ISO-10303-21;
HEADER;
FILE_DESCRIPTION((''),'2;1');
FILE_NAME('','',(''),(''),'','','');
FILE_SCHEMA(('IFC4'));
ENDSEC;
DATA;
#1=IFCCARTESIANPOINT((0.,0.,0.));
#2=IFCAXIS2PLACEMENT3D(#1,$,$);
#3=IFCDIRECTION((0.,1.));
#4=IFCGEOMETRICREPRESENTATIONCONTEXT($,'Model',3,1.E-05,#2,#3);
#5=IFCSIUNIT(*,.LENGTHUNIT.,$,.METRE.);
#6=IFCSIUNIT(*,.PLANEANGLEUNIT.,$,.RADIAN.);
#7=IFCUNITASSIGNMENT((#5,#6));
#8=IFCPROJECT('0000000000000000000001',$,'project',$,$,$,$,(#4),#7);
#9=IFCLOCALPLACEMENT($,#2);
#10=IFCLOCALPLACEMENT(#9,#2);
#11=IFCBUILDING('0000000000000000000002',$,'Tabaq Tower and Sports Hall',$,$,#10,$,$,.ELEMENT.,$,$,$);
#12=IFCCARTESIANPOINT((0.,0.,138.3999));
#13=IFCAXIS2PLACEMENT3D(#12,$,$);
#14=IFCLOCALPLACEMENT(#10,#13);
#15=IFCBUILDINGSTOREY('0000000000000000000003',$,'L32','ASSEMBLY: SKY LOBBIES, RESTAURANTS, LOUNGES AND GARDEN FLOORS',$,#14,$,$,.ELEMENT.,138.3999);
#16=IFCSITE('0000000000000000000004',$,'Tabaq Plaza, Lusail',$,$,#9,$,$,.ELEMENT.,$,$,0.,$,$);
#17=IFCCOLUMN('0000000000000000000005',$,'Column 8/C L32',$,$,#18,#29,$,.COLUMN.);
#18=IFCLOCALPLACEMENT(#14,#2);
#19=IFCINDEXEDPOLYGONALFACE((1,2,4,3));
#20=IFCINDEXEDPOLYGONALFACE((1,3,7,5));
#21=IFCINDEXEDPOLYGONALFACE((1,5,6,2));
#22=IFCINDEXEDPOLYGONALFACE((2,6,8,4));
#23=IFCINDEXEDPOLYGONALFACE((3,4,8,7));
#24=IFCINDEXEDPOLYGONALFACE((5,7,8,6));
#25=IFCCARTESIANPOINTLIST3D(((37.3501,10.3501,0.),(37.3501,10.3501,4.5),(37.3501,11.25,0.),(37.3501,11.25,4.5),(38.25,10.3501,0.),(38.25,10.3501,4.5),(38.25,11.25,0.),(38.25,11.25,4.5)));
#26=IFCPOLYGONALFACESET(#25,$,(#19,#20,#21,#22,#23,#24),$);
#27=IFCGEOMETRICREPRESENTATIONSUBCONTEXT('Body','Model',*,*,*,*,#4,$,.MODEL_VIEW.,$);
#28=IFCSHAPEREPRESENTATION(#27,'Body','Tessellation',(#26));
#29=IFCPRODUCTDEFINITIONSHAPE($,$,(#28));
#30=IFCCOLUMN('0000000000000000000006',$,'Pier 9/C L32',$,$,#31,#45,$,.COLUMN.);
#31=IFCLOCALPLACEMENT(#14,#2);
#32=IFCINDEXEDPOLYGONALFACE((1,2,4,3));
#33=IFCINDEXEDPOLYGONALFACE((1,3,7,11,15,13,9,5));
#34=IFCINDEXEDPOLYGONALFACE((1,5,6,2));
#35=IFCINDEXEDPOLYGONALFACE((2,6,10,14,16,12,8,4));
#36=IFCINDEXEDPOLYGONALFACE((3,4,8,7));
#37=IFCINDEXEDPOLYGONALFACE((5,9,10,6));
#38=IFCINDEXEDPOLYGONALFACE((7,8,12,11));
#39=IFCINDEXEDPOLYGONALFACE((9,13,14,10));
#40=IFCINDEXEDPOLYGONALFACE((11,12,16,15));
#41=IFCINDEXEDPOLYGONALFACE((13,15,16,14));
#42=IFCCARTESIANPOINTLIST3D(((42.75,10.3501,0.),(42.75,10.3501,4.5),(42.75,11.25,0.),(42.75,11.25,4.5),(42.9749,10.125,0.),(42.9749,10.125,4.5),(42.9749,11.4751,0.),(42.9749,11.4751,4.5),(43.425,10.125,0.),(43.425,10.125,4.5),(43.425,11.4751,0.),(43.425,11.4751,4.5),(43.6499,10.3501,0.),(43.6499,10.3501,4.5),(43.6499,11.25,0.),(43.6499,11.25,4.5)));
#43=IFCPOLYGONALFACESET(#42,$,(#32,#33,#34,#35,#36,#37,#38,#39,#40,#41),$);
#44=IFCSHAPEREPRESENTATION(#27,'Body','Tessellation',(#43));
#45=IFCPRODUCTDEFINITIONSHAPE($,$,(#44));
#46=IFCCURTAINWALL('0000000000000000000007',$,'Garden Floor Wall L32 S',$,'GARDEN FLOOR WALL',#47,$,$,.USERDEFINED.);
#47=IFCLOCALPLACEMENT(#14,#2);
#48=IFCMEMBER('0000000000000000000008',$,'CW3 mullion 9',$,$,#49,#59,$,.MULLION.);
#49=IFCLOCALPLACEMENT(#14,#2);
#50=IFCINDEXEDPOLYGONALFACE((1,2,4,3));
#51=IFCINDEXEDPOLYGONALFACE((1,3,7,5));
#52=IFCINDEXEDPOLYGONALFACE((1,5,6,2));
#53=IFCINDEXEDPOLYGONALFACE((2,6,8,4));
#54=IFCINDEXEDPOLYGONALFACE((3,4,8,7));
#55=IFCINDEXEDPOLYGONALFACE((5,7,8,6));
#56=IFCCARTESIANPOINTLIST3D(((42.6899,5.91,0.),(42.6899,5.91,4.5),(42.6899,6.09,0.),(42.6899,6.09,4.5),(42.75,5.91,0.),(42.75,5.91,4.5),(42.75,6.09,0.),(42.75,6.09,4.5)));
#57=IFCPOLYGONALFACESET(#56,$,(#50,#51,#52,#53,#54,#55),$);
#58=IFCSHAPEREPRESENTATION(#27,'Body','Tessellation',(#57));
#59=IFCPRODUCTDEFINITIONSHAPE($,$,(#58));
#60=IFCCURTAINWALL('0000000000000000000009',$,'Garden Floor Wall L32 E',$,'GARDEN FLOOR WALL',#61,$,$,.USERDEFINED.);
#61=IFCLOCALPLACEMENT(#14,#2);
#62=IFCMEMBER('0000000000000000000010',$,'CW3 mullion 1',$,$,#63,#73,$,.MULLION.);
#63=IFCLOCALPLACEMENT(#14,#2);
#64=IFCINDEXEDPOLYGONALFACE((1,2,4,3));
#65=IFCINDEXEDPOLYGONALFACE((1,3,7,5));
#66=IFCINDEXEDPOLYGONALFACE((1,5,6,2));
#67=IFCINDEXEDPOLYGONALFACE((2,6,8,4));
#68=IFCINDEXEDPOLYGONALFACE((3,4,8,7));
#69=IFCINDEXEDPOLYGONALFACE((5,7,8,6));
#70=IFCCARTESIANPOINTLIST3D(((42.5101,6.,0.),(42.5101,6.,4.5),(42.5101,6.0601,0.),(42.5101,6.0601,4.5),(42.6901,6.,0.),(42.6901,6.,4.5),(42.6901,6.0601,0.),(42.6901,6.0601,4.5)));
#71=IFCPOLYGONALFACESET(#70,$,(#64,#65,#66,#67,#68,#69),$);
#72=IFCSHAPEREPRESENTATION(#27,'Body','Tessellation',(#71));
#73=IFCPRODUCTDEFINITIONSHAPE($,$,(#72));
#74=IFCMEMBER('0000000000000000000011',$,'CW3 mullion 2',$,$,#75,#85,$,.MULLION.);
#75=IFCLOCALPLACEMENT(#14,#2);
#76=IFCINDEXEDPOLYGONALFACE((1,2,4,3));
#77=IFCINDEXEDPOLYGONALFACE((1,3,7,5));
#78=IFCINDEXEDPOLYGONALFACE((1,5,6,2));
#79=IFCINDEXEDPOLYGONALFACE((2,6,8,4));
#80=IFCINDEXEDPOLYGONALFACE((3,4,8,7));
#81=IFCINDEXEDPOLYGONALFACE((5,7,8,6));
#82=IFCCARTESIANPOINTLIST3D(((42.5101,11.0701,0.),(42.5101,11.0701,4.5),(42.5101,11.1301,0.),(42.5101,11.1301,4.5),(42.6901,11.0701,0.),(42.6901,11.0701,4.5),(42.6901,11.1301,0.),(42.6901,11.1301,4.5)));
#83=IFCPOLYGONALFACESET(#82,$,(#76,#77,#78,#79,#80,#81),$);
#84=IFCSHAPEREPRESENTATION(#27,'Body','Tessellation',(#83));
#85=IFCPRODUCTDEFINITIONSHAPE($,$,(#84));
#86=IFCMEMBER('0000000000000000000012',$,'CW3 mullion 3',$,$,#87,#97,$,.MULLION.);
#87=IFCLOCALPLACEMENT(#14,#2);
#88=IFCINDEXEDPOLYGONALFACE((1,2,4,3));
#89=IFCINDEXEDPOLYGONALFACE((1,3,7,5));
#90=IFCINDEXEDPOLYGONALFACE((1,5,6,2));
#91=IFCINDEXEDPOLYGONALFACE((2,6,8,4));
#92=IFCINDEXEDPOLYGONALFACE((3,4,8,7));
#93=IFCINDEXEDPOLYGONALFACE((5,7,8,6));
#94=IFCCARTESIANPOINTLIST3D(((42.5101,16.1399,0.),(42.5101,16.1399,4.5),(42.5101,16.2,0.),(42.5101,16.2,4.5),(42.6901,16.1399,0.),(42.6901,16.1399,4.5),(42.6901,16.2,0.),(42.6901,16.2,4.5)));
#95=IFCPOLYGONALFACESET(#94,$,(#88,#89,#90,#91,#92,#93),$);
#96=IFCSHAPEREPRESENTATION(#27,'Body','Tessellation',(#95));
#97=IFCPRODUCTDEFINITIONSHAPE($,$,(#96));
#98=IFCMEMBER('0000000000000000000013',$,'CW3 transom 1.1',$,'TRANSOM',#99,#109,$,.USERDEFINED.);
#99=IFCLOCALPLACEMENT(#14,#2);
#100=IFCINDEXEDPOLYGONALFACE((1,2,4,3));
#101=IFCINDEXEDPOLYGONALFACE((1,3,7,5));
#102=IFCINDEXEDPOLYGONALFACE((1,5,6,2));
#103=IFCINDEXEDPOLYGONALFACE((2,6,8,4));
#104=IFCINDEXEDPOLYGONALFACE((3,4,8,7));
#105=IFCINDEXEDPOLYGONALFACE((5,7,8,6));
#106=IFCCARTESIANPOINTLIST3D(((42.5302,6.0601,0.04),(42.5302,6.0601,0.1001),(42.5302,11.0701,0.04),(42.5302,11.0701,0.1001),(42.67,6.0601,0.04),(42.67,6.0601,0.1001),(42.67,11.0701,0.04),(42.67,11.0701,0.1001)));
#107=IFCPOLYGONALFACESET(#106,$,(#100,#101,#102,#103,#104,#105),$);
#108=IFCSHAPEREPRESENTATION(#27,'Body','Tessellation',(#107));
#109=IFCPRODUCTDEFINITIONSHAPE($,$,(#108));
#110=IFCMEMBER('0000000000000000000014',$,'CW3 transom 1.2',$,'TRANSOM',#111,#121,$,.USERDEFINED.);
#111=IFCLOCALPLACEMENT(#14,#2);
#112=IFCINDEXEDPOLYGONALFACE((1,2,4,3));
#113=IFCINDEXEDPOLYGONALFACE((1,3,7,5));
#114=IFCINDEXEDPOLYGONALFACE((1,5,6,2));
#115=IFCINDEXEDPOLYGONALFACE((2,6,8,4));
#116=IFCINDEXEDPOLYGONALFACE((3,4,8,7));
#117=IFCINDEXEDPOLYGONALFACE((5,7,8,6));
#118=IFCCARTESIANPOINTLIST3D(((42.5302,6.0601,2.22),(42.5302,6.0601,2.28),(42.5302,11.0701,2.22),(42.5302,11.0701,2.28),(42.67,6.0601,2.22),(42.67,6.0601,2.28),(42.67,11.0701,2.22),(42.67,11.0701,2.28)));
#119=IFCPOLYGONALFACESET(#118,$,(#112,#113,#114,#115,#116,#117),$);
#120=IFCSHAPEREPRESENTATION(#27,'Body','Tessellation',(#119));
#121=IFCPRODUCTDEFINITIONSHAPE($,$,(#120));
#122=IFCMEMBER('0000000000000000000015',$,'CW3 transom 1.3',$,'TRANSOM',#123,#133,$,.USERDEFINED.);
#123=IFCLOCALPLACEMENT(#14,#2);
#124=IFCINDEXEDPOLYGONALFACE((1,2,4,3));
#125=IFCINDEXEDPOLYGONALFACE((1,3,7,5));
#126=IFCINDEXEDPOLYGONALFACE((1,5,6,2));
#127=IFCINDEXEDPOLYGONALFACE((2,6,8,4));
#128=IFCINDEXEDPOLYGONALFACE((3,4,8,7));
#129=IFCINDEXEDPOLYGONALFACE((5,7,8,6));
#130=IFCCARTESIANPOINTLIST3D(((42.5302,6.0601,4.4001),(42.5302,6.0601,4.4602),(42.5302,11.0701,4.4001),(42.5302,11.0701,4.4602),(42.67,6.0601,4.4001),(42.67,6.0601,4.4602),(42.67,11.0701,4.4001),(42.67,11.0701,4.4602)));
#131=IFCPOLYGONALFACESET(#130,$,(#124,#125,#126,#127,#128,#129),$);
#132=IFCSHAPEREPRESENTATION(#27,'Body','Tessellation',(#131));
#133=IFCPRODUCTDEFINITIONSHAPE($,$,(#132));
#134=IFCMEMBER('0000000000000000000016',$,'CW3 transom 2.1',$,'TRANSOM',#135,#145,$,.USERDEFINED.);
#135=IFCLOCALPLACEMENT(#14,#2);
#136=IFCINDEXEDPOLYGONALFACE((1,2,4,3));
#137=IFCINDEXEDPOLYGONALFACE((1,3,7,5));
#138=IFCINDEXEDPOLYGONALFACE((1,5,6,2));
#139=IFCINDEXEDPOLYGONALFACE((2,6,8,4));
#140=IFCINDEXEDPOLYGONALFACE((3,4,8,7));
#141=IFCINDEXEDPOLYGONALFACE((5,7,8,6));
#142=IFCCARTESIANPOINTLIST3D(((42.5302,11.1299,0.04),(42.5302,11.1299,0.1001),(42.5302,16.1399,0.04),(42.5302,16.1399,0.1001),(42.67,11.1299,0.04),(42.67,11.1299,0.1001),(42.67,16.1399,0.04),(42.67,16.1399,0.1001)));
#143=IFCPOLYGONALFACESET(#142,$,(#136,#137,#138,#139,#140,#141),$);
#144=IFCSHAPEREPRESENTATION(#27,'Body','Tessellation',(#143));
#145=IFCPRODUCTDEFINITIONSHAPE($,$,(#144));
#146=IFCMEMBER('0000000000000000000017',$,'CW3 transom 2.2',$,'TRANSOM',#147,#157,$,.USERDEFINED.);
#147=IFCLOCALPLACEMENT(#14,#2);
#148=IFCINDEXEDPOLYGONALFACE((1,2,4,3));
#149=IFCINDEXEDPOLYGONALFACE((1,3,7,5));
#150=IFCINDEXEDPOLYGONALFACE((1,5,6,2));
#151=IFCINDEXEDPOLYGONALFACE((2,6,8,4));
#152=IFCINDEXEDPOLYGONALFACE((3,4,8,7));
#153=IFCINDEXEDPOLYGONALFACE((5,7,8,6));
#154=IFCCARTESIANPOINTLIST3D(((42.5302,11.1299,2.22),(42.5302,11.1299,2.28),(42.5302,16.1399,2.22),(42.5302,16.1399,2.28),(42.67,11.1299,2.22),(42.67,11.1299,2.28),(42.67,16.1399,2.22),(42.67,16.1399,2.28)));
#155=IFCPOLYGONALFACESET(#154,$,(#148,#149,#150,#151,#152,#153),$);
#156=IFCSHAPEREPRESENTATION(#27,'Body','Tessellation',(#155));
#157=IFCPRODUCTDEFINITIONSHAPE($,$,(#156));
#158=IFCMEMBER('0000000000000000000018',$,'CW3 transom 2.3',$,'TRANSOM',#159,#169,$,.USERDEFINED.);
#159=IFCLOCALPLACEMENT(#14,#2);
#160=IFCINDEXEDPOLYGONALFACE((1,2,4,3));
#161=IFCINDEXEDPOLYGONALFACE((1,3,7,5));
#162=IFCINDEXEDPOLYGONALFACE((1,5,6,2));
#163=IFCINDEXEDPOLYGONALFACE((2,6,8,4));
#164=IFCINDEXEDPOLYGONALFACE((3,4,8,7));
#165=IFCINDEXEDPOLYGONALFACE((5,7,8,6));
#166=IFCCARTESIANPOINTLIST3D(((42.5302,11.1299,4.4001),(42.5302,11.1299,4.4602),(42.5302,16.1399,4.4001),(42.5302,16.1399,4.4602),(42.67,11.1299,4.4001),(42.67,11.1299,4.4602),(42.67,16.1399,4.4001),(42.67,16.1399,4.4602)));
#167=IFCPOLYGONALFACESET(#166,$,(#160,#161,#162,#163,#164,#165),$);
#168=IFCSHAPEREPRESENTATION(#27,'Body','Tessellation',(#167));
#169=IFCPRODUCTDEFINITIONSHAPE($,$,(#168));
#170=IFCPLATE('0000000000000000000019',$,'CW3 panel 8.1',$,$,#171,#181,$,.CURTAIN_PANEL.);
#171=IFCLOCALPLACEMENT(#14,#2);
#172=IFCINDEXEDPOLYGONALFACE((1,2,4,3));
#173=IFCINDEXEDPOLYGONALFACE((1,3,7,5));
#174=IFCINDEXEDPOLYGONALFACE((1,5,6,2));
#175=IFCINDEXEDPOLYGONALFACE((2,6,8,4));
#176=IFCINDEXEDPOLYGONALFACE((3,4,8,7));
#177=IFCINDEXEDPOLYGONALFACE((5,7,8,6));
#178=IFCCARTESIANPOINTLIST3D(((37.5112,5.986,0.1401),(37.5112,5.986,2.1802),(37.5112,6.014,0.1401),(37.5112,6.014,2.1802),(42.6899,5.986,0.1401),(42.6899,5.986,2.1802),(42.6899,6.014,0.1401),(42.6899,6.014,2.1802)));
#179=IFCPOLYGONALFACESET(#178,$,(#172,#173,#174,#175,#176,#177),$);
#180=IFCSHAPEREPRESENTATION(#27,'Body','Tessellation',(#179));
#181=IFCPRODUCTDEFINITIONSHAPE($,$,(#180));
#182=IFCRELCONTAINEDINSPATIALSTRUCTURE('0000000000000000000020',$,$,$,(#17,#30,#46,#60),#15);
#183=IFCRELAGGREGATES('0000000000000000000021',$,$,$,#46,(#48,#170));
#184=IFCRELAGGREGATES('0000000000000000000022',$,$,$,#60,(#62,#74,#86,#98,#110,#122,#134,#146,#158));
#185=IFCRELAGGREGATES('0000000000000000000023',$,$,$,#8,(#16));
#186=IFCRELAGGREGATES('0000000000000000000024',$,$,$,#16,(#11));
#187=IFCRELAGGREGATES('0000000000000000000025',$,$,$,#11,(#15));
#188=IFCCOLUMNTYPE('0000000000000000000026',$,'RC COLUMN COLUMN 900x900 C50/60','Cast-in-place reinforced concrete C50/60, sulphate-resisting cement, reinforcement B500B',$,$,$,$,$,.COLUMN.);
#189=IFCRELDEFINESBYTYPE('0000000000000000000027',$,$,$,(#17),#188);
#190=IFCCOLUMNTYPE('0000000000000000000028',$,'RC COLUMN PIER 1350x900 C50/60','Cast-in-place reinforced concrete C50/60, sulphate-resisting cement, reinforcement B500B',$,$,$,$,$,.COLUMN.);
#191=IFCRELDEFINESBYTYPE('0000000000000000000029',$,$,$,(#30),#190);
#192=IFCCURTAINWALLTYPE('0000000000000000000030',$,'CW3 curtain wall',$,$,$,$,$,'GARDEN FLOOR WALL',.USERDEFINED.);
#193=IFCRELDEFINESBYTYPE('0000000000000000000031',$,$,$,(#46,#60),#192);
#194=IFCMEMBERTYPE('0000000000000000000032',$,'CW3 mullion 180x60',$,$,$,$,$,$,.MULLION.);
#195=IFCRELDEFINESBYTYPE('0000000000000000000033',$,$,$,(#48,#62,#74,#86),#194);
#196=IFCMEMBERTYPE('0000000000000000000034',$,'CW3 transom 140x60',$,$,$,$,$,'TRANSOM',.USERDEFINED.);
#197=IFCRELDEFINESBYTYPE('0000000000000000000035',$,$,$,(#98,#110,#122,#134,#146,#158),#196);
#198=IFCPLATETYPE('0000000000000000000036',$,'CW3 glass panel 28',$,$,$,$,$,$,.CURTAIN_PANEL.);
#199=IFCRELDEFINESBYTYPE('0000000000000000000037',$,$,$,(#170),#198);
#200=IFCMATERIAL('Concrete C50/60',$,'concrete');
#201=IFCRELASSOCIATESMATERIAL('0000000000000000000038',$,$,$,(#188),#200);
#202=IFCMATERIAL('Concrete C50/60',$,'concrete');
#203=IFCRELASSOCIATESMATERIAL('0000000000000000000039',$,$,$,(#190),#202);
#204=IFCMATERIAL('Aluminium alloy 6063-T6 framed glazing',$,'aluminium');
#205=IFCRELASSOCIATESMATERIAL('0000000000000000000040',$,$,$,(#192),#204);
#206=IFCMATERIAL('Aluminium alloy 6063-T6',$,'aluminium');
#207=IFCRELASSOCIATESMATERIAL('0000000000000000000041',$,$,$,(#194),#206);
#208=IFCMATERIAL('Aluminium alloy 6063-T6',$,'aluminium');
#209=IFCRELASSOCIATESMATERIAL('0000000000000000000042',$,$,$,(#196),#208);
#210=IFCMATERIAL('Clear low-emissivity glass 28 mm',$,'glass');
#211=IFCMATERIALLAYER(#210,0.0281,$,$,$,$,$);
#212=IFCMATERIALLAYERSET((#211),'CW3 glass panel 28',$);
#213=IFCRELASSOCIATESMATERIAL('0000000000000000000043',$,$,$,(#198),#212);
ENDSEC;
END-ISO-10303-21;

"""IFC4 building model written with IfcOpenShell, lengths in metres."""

from ifc_helpers import new_model, si_unit, direction, frame, origin, origin_2d, place, context, subcontext, project, spatial, polyline, rectangle, outline, extrude, material, layer, layer_set, material_profile, profile_set, type_object, element, aggregate, save


model = new_model("IFC4")

# Units and contexts
model_context = context("Model", 3, precision=1e-05, world=origin(), true_north=direction((0.0, 1.0)))
body_context = subcontext(model_context, "Body", "Model", "MODEL_VIEW")
ifc_project = project(units=[si_unit("LENGTHUNIT", "METRE"), si_unit("PLANEANGLEUNIT", "RADIAN")], contexts=[model_context])

# Site, building, storey
site_placement = place(None, origin())
site = spatial("IfcSite", under=ifc_project, at=site_placement, Name="Tabaq Plaza, Lusail", CompositionType="ELEMENT", RefElevation=0.0)
building_placement = place(site_placement, origin())
building = spatial("IfcBuilding", under=site, at=building_placement, Name="Tabaq Tower and Sports Hall", CompositionType="ELEMENT")
storey_placement = place(building_placement, frame((0.0, 0.0, 138.3999)))
storey = spatial("IfcBuildingStorey", under=building, at=storey_placement, Name="L32", Description="ASSEMBLY: SKY LOBBIES, RESTAURANTS, LOUNGES AND GARDEN FLOORS", CompositionType="ELEMENT", Elevation=138.3999)

# Columns
ifc_material_1 = material(Name="Concrete C50/60", Category="concrete")
ifc_material_profile_1 = material_profile(ifc_material_1, rectangle(XDim=0.8999, YDim=0.8999, at=origin_2d()), Name="COLUMN 900x900")
ifc_profile_set_1 = profile_set([ifc_material_profile_1], Name="Concrete C50/60")
column_type_1 = type_object("IfcColumnType", Name="RC COLUMN COLUMN 900x900 C50/60", Description="Cast-in-place reinforced concrete C50/60, sulphate-resisting cement, reinforcement B500B", PredefinedType="COLUMN", material=ifc_profile_set_1)
column_1_placement = place(storey_placement, frame((37.8, 10.8, 0.0), z_axis=(0.0, 0.0, 1.0), x_axis=(1.0, 0.0, 0.0)))
element("IfcColumn", 1, at=column_1_placement, inside=storey, type_object=column_type_1, Name="Column 8/C L32", PredefinedType="COLUMN", context=body_context, shape_type="SweptSolid", body=[
    extrude(rectangle(XDim=0.8999, YDim=0.8999, at=origin_2d()), origin(), (0.0, 0.0, 1.0), 4.5),
])
ifc_material_2 = material(Name="Concrete C50/60", Category="concrete")
ifc_material_profile_2 = material_profile(ifc_material_2, outline(polyline([(-0.45, -0.45), (0.45, -0.45), (0.675, -0.2251), (0.675, 0.2251), (0.45, 0.45), (-0.45, 0.45), (-0.675, 0.2251), (-0.675, -0.2251), (-0.45, -0.45)])), Name="PIER 1350x900")
ifc_profile_set_2 = profile_set([ifc_material_profile_2], Name="Concrete C50/60")
column_type_2 = type_object("IfcColumnType", Name="RC COLUMN PIER 1350x900 C50/60", Description="Cast-in-place reinforced concrete C50/60, sulphate-resisting cement, reinforcement B500B", PredefinedType="COLUMN", material=ifc_profile_set_2)
column_2_placement = place(storey_placement, frame((43.2, 10.8, 0.0), z_axis=(0.0, 0.0, 1.0), x_axis=(0.0, 1.0, 0.0)))
element("IfcColumn", 2, at=column_2_placement, inside=storey, type_object=column_type_2, Name="Pier 9/C L32", PredefinedType="COLUMN", context=body_context, shape_type="SweptSolid", body=[
    extrude(outline(polyline([(-0.45, -0.45), (0.45, -0.45), (0.675, -0.2251), (0.675, 0.2251), (0.45, 0.45), (-0.45, 0.45), (-0.675, 0.2251), (-0.675, -0.2251), (-0.45, -0.45)])), origin(), (0.0, 0.0, 1.0), 4.5),
])

# Curtain wall, member
ifc_material_3 = material(Name="Aluminium alloy 6063-T6 framed glazing", Category="aluminium")
curtain_wall_type = type_object("IfcCurtainWallType", Name="CW3 curtain wall", ElementType="GARDEN FLOOR WALL", PredefinedType="USERDEFINED", material=ifc_material_3)
curtain_wall_1_placement = place(storey_placement, origin())
curtain_wall_1 = element("IfcCurtainWall", 3, at=curtain_wall_1_placement, inside=storey, type_object=curtain_wall_type, Name="Garden Floor Wall L32 S", ObjectType="GARDEN FLOOR WALL", PredefinedType="USERDEFINED")
ifc_material_4 = material(Name="Aluminium alloy 6063-T6", Category="aluminium")
ifc_material_profile_3 = material_profile(ifc_material_4, rectangle(XDim=0.1799, YDim=0.0601, at=origin_2d()), Name="MULLION 180x60")
ifc_profile_set_3 = profile_set([ifc_material_profile_3], Name="Aluminium alloy 6063-T6")
member_type_1 = type_object("IfcMemberType", Name="CW3 mullion 180x60", PredefinedType="MULLION", material=ifc_profile_set_3)
member_1_placement = place(storey_placement, frame((42.72, 6.0, 0.0), z_axis=(0.0, 0.0, 1.0), x_axis=(0.0, 1.0, 0.0)))
member_1 = element("IfcMember", 4, at=member_1_placement, type_object=member_type_1, Name="CW3 mullion 9", PredefinedType="MULLION", context=body_context, shape_type="SweptSolid", body=[
    extrude(rectangle(XDim=0.1799, YDim=0.0601, at=origin_2d()), origin(), (0.0, 0.0, 1.0), 4.5),
])

# Curtain wall, members
curtain_wall_2_placement = place(storey_placement, origin())
curtain_wall_2 = element("IfcCurtainWall", 5, at=curtain_wall_2_placement, inside=storey, type_object=curtain_wall_type, Name="Garden Floor Wall L32 E", ObjectType="GARDEN FLOOR WALL", PredefinedType="USERDEFINED")
member_2_placement = place(storey_placement, frame((42.6001, 6.03, 0.0), z_axis=(0.0, 0.0, 1.0), x_axis=(-1.0, 0.0, 0.0)))
member_2 = element("IfcMember", 6, at=member_2_placement, type_object=member_type_1, Name="CW3 mullion 1", PredefinedType="MULLION", context=body_context, shape_type="SweptSolid", body=[
    extrude(rectangle(XDim=0.1799, YDim=0.0601, at=origin_2d()), origin(), (0.0, 0.0, 1.0), 4.5),
])
member_3_placement = place(storey_placement, frame((42.6001, 11.1001, 0.0), z_axis=(0.0, 0.0, 1.0), x_axis=(-1.0, 0.0, 0.0)))
member_3 = element("IfcMember", 7, at=member_3_placement, type_object=member_type_1, Name="CW3 mullion 2", PredefinedType="MULLION", context=body_context, shape_type="SweptSolid", body=[
    extrude(rectangle(XDim=0.1799, YDim=0.0601, at=origin_2d()), origin(), (0.0, 0.0, 1.0), 4.5),
])
member_4_placement = place(storey_placement, frame((42.6001, 16.1699, 0.0), z_axis=(0.0, 0.0, 1.0), x_axis=(-1.0, 0.0, 0.0)))
member_4 = element("IfcMember", 8, at=member_4_placement, type_object=member_type_1, Name="CW3 mullion 3", PredefinedType="MULLION", context=body_context, shape_type="SweptSolid", body=[
    extrude(rectangle(XDim=0.1799, YDim=0.0601, at=origin_2d()), origin(), (0.0, 0.0, 1.0), 4.5),
])
ifc_material_5 = material(Name="Aluminium alloy 6063-T6", Category="aluminium")
ifc_material_profile_4 = material_profile(ifc_material_5, rectangle(XDim=0.1399, YDim=0.0601, at=origin_2d()), Name="TRANSOM 140x60")
ifc_profile_set_4 = profile_set([ifc_material_profile_4], Name="Aluminium alloy 6063-T6")
member_type_2 = type_object("IfcMemberType", Name="CW3 transom 140x60", ElementType="TRANSOM", PredefinedType="USERDEFINED", material=ifc_profile_set_4)
member_5_placement = place(storey_placement, frame((42.6001, 6.0601, 0.0701), z_axis=(0.0, 1.0, 0.0), x_axis=(-1.0, 0.0, 0.0)))
member_5 = element("IfcMember", 9, at=member_5_placement, type_object=member_type_2, Name="CW3 transom 1.1", ObjectType="TRANSOM", PredefinedType="USERDEFINED", context=body_context, shape_type="SweptSolid", body=[
    extrude(rectangle(XDim=0.1399, YDim=0.0601, at=origin_2d()), origin(), (0.0, 0.0, 1.0), 5.01),
])
member_6_placement = place(storey_placement, frame((42.6001, 6.0601, 2.25), z_axis=(0.0, 1.0, 0.0), x_axis=(-1.0, 0.0, 0.0)))
member_6 = element("IfcMember", 10, at=member_6_placement, type_object=member_type_2, Name="CW3 transom 1.2", ObjectType="TRANSOM", PredefinedType="USERDEFINED", context=body_context, shape_type="SweptSolid", body=[
    extrude(rectangle(XDim=0.1399, YDim=0.0601, at=origin_2d()), origin(), (0.0, 0.0, 1.0), 5.01),
])
member_7_placement = place(storey_placement, frame((42.6001, 6.0601, 4.4302), z_axis=(0.0, 1.0, 0.0), x_axis=(-1.0, 0.0, 0.0)))
member_7 = element("IfcMember", 11, at=member_7_placement, type_object=member_type_2, Name="CW3 transom 1.3", ObjectType="TRANSOM", PredefinedType="USERDEFINED", context=body_context, shape_type="SweptSolid", body=[
    extrude(rectangle(XDim=0.1399, YDim=0.0601, at=origin_2d()), origin(), (0.0, 0.0, 1.0), 5.01),
])
member_8_placement = place(storey_placement, frame((42.6001, 11.1299, 0.0701), z_axis=(0.0, 1.0, 0.0), x_axis=(-1.0, 0.0, 0.0)))
member_8 = element("IfcMember", 12, at=member_8_placement, type_object=member_type_2, Name="CW3 transom 2.1", ObjectType="TRANSOM", PredefinedType="USERDEFINED", context=body_context, shape_type="SweptSolid", body=[
    extrude(rectangle(XDim=0.1399, YDim=0.0601, at=origin_2d()), origin(), (0.0, 0.0, 1.0), 5.01),
])
member_9_placement = place(storey_placement, frame((42.6001, 11.1299, 2.25), z_axis=(0.0, 1.0, 0.0), x_axis=(-1.0, 0.0, 0.0)))
member_9 = element("IfcMember", 13, at=member_9_placement, type_object=member_type_2, Name="CW3 transom 2.2", ObjectType="TRANSOM", PredefinedType="USERDEFINED", context=body_context, shape_type="SweptSolid", body=[
    extrude(rectangle(XDim=0.1399, YDim=0.0601, at=origin_2d()), origin(), (0.0, 0.0, 1.0), 5.01),
])
member_10_placement = place(storey_placement, frame((42.6001, 11.1299, 4.4302), z_axis=(0.0, 1.0, 0.0), x_axis=(-1.0, 0.0, 0.0)))
member_10 = element("IfcMember", 14, at=member_10_placement, type_object=member_type_2, Name="CW3 transom 2.3", ObjectType="TRANSOM", PredefinedType="USERDEFINED", context=body_context, shape_type="SweptSolid", body=[
    extrude(rectangle(XDim=0.1399, YDim=0.0601, at=origin_2d()), origin(), (0.0, 0.0, 1.0), 5.01),
])

# Plate
ifc_material_6 = material(Name="Clear low-emissivity glass 28 mm", Category="glass")
ifc_layer_1 = layer(ifc_material_6, 0.0281)
ifc_layer_set_1 = layer_set([ifc_layer_1], Name="CW3 glass panel 28")
plate_type_1 = type_object("IfcPlateType", Name="CW3 glass panel 28", PredefinedType="CURTAIN_PANEL", material=ifc_layer_set_1)
plate_1_placement = place(storey_placement, frame((40.1006, 6.0, 0.1401), z_axis=(0.0, 0.0, 1.0), x_axis=(1.0, 0.0, 0.0)))
plate_1 = element("IfcPlate", 15, at=plate_1_placement, type_object=plate_type_1, Name="CW3 panel 8.1", PredefinedType="CURTAIN_PANEL", context=body_context, shape_type="SweptSolid", body=[
    extrude(rectangle(XDim=5.1787, YDim=0.0281, at=origin_2d()), origin(), (0.0, 0.0, 1.0), 2.04),
])
aggregate(curtain_wall_1, [member_1, plate_1])
aggregate(curtain_wall_2, [member_2, member_3, member_4, member_5, member_6, member_7, member_8, member_9, member_10])

save(model, "model.ifc")
